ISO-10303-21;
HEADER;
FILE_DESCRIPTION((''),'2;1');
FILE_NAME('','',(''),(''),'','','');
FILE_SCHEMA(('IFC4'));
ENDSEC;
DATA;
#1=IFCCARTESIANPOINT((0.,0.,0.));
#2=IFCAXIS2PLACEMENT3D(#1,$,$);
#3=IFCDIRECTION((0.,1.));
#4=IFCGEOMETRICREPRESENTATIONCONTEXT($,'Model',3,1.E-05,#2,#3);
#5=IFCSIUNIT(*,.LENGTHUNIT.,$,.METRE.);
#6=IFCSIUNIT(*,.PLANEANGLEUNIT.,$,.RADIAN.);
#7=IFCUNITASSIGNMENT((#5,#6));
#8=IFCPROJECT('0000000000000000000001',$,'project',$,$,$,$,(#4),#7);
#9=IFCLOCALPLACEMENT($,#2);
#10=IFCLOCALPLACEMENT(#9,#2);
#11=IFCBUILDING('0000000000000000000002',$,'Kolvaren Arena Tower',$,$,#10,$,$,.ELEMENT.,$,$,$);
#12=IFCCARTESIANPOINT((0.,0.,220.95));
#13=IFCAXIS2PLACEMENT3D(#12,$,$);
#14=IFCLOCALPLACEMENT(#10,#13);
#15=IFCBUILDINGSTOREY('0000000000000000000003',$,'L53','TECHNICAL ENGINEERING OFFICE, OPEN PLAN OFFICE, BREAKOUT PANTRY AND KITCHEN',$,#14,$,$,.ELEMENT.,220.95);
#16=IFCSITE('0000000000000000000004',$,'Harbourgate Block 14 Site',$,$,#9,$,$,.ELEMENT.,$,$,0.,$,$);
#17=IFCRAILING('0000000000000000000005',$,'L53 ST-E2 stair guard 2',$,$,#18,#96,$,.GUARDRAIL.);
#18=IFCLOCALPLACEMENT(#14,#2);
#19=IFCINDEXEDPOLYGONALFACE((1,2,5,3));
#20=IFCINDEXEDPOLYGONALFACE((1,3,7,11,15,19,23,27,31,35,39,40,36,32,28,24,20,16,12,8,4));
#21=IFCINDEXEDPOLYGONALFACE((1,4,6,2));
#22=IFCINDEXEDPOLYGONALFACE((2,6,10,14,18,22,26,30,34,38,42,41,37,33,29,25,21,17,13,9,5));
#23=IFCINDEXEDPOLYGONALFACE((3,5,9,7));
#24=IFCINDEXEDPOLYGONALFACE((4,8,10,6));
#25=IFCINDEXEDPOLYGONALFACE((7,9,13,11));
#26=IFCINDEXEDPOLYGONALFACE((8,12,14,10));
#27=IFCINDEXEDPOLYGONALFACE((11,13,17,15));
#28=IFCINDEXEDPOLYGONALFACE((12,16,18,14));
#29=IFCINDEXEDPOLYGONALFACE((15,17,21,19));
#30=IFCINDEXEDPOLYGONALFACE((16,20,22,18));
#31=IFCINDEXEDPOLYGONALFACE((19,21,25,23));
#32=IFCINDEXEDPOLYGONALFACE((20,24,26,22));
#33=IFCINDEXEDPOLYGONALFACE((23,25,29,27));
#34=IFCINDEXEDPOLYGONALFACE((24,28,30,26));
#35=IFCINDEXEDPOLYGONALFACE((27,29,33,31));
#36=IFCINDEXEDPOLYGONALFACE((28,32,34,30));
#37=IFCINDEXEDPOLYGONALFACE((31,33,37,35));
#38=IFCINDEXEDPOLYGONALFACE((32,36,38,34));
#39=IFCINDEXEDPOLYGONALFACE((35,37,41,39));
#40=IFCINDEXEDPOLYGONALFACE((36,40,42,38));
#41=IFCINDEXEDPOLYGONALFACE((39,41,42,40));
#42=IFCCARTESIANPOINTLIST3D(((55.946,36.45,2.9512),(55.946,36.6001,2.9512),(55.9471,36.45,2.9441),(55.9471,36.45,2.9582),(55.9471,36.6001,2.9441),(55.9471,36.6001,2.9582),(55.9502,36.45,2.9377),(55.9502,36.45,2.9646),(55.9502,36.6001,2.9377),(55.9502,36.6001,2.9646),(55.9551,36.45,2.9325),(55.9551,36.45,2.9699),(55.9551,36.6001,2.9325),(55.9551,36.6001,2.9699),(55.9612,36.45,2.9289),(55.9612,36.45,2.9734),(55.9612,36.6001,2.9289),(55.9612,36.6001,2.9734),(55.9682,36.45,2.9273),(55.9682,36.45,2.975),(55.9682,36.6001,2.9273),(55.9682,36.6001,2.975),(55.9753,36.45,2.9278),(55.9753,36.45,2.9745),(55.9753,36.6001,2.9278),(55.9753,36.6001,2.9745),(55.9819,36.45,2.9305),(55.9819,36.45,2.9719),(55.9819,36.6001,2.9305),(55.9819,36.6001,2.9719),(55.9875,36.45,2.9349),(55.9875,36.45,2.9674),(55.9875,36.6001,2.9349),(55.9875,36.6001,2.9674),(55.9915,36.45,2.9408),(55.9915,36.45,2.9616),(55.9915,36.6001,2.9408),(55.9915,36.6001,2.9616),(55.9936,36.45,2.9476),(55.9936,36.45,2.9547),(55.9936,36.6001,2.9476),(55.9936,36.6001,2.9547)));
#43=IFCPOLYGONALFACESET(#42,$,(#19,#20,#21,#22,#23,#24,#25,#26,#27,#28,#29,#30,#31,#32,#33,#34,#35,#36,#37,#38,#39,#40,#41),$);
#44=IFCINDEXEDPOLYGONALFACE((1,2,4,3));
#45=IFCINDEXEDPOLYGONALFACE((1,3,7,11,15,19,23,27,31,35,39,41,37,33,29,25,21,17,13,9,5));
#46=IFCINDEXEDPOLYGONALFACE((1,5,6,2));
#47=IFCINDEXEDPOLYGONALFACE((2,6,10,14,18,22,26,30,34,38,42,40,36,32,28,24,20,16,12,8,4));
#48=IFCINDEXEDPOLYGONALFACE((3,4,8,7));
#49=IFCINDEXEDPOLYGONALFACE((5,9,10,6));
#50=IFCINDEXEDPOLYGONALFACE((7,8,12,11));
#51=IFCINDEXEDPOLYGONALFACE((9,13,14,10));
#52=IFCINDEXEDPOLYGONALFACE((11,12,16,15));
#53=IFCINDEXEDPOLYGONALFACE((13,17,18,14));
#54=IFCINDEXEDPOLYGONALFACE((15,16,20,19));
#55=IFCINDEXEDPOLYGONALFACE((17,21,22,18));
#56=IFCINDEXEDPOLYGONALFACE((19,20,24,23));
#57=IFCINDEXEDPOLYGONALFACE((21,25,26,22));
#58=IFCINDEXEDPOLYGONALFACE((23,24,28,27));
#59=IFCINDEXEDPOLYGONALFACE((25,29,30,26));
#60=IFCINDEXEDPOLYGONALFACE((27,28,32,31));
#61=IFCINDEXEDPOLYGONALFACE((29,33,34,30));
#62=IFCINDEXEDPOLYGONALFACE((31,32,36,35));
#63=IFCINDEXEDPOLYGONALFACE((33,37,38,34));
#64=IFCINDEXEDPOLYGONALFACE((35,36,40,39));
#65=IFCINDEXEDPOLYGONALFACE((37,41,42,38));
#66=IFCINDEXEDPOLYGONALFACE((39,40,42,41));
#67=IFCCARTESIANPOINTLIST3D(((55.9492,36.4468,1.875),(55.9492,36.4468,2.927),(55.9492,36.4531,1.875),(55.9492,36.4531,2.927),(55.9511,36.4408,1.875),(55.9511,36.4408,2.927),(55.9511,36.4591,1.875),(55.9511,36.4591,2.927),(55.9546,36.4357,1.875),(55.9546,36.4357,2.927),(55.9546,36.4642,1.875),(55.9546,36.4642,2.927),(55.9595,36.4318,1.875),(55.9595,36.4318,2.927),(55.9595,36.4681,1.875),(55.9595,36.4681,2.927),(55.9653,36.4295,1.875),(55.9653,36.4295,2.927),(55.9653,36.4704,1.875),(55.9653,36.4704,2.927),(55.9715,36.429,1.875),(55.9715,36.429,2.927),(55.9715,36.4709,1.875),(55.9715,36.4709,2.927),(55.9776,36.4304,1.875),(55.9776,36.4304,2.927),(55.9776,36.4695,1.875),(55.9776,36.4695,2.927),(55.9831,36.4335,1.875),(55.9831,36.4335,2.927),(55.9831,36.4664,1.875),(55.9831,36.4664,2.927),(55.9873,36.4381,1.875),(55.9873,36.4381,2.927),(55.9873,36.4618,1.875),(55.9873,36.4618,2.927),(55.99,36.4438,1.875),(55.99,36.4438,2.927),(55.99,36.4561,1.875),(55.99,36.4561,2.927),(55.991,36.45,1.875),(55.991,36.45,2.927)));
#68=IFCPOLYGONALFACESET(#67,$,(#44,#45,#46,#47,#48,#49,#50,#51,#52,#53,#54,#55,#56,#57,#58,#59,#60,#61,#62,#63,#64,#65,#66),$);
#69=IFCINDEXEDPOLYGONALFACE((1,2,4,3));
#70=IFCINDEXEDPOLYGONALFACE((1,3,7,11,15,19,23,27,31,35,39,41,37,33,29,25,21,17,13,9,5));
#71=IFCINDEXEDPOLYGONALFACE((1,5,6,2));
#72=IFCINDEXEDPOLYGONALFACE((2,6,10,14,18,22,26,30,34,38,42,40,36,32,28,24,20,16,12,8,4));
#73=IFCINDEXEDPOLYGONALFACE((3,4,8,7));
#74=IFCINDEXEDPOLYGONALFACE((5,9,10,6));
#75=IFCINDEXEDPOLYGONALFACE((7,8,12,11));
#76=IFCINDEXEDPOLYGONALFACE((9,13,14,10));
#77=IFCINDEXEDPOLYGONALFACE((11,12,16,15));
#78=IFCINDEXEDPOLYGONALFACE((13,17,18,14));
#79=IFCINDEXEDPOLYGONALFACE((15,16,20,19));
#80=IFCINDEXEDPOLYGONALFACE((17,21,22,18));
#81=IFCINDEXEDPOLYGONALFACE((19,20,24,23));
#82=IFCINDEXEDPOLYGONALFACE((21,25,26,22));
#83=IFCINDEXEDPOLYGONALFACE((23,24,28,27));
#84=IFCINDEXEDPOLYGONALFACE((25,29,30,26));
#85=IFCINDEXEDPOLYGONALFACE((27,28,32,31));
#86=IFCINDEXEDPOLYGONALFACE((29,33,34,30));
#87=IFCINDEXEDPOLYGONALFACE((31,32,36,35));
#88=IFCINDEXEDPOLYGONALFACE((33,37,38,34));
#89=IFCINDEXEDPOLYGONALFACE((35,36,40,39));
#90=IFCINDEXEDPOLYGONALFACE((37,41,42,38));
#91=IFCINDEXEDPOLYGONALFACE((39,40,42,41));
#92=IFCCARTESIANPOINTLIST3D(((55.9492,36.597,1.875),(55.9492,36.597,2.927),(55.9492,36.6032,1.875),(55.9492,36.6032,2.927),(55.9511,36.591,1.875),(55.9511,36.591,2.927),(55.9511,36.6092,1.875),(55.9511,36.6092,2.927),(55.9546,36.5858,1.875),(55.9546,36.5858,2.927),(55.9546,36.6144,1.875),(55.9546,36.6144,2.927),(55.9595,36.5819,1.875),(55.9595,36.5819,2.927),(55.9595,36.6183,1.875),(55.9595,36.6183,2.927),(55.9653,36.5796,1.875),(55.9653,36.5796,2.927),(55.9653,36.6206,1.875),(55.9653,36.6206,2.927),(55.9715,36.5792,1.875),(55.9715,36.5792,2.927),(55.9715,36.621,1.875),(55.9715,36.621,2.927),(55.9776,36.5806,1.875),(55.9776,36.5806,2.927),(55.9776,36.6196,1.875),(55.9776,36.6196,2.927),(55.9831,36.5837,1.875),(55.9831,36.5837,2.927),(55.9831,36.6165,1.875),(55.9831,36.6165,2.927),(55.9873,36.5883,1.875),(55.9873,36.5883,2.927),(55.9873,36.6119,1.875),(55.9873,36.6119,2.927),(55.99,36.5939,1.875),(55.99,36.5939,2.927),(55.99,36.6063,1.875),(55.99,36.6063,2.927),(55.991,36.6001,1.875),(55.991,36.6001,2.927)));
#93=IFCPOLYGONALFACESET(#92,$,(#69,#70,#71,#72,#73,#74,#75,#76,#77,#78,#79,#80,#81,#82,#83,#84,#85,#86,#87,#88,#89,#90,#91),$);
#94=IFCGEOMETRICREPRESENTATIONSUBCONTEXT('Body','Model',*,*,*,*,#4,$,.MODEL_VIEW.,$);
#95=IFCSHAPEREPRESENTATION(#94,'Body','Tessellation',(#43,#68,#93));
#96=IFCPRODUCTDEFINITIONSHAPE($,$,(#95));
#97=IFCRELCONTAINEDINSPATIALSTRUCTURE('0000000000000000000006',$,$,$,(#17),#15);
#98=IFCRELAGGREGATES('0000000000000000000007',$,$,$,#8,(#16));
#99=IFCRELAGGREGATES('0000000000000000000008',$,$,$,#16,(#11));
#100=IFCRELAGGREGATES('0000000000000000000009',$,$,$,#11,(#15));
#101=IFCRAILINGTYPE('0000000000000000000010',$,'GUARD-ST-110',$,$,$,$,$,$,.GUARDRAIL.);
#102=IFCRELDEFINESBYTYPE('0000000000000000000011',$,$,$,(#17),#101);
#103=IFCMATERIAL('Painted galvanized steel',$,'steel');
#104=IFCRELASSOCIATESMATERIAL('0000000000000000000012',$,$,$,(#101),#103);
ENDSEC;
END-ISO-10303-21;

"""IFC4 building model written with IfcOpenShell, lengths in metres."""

from ifc_helpers import new_model, si_unit, direction, frame, origin, origin_2d, place, context, subcontext, project, spatial, circle, extrude, material, type_object, element, save


model = new_model("IFC4")

# Units and contexts
model_context = context("Model", 3, precision=1e-05, world=origin(), true_north=direction((0.0, 1.0)))
body_context = subcontext(model_context, "Body", "Model", "MODEL_VIEW")
ifc_project = project(units=[si_unit("LENGTHUNIT", "METRE"), si_unit("PLANEANGLEUNIT", "RADIAN")], contexts=[model_context])

# Site, building, storey
site_placement = place(None, origin())
site = spatial("IfcSite", under=ifc_project, at=site_placement, Name="Harbourgate Block 14 Site", CompositionType="ELEMENT", RefElevation=0.0)
building_placement = place(site_placement, origin())
building = spatial("IfcBuilding", under=site, at=building_placement, Name="Kolvaren Arena Tower", CompositionType="ELEMENT")
storey_placement = place(building_placement, frame((0.0, 0.0, 220.95)))
storey = spatial("IfcBuildingStorey", under=building, at=storey_placement, Name="L53", Description="TECHNICAL ENGINEERING OFFICE, OPEN PLAN OFFICE, BREAKOUT PANTRY AND KITCHEN", CompositionType="ELEMENT", Elevation=220.95)

# Railing
ifc_material_1 = material(Name="Painted galvanized steel", Category="steel")
railing_type_1 = type_object("IfcRailingType", Name="GUARD-ST-110", PredefinedType="GUARDRAIL", material=ifc_material_1)
railing_1_placement = place(storey_placement, frame((55.97, 36.45, 1.875)))
element("IfcRailing", 1, at=railing_1_placement, inside=storey, type_object=railing_type_1, Name="L53 ST-E2 stair guard 2", PredefinedType="GUARDRAIL", context=body_context, shape_type="SweptSolid", body=[
    extrude(circle(Radius=0.0239, at=origin_2d()), frame((0.0, 0.0, 1.0762), z_axis=(0.0, 1.0, 0.0), x_axis=(-1.0, 0.0, 0.0)), (0.0, 0.0, 1.0), 0.1501),
    extrude(circle(Radius=0.021, at=origin_2d()), origin(), (0.0, 0.0, 1.0), 1.052),
    extrude(circle(Radius=0.021, at=origin_2d()), frame((0.0, 0.1501, 0.0)), (0.0, 0.0, 1.0), 1.052),
])

save(model, "model.ifc")
